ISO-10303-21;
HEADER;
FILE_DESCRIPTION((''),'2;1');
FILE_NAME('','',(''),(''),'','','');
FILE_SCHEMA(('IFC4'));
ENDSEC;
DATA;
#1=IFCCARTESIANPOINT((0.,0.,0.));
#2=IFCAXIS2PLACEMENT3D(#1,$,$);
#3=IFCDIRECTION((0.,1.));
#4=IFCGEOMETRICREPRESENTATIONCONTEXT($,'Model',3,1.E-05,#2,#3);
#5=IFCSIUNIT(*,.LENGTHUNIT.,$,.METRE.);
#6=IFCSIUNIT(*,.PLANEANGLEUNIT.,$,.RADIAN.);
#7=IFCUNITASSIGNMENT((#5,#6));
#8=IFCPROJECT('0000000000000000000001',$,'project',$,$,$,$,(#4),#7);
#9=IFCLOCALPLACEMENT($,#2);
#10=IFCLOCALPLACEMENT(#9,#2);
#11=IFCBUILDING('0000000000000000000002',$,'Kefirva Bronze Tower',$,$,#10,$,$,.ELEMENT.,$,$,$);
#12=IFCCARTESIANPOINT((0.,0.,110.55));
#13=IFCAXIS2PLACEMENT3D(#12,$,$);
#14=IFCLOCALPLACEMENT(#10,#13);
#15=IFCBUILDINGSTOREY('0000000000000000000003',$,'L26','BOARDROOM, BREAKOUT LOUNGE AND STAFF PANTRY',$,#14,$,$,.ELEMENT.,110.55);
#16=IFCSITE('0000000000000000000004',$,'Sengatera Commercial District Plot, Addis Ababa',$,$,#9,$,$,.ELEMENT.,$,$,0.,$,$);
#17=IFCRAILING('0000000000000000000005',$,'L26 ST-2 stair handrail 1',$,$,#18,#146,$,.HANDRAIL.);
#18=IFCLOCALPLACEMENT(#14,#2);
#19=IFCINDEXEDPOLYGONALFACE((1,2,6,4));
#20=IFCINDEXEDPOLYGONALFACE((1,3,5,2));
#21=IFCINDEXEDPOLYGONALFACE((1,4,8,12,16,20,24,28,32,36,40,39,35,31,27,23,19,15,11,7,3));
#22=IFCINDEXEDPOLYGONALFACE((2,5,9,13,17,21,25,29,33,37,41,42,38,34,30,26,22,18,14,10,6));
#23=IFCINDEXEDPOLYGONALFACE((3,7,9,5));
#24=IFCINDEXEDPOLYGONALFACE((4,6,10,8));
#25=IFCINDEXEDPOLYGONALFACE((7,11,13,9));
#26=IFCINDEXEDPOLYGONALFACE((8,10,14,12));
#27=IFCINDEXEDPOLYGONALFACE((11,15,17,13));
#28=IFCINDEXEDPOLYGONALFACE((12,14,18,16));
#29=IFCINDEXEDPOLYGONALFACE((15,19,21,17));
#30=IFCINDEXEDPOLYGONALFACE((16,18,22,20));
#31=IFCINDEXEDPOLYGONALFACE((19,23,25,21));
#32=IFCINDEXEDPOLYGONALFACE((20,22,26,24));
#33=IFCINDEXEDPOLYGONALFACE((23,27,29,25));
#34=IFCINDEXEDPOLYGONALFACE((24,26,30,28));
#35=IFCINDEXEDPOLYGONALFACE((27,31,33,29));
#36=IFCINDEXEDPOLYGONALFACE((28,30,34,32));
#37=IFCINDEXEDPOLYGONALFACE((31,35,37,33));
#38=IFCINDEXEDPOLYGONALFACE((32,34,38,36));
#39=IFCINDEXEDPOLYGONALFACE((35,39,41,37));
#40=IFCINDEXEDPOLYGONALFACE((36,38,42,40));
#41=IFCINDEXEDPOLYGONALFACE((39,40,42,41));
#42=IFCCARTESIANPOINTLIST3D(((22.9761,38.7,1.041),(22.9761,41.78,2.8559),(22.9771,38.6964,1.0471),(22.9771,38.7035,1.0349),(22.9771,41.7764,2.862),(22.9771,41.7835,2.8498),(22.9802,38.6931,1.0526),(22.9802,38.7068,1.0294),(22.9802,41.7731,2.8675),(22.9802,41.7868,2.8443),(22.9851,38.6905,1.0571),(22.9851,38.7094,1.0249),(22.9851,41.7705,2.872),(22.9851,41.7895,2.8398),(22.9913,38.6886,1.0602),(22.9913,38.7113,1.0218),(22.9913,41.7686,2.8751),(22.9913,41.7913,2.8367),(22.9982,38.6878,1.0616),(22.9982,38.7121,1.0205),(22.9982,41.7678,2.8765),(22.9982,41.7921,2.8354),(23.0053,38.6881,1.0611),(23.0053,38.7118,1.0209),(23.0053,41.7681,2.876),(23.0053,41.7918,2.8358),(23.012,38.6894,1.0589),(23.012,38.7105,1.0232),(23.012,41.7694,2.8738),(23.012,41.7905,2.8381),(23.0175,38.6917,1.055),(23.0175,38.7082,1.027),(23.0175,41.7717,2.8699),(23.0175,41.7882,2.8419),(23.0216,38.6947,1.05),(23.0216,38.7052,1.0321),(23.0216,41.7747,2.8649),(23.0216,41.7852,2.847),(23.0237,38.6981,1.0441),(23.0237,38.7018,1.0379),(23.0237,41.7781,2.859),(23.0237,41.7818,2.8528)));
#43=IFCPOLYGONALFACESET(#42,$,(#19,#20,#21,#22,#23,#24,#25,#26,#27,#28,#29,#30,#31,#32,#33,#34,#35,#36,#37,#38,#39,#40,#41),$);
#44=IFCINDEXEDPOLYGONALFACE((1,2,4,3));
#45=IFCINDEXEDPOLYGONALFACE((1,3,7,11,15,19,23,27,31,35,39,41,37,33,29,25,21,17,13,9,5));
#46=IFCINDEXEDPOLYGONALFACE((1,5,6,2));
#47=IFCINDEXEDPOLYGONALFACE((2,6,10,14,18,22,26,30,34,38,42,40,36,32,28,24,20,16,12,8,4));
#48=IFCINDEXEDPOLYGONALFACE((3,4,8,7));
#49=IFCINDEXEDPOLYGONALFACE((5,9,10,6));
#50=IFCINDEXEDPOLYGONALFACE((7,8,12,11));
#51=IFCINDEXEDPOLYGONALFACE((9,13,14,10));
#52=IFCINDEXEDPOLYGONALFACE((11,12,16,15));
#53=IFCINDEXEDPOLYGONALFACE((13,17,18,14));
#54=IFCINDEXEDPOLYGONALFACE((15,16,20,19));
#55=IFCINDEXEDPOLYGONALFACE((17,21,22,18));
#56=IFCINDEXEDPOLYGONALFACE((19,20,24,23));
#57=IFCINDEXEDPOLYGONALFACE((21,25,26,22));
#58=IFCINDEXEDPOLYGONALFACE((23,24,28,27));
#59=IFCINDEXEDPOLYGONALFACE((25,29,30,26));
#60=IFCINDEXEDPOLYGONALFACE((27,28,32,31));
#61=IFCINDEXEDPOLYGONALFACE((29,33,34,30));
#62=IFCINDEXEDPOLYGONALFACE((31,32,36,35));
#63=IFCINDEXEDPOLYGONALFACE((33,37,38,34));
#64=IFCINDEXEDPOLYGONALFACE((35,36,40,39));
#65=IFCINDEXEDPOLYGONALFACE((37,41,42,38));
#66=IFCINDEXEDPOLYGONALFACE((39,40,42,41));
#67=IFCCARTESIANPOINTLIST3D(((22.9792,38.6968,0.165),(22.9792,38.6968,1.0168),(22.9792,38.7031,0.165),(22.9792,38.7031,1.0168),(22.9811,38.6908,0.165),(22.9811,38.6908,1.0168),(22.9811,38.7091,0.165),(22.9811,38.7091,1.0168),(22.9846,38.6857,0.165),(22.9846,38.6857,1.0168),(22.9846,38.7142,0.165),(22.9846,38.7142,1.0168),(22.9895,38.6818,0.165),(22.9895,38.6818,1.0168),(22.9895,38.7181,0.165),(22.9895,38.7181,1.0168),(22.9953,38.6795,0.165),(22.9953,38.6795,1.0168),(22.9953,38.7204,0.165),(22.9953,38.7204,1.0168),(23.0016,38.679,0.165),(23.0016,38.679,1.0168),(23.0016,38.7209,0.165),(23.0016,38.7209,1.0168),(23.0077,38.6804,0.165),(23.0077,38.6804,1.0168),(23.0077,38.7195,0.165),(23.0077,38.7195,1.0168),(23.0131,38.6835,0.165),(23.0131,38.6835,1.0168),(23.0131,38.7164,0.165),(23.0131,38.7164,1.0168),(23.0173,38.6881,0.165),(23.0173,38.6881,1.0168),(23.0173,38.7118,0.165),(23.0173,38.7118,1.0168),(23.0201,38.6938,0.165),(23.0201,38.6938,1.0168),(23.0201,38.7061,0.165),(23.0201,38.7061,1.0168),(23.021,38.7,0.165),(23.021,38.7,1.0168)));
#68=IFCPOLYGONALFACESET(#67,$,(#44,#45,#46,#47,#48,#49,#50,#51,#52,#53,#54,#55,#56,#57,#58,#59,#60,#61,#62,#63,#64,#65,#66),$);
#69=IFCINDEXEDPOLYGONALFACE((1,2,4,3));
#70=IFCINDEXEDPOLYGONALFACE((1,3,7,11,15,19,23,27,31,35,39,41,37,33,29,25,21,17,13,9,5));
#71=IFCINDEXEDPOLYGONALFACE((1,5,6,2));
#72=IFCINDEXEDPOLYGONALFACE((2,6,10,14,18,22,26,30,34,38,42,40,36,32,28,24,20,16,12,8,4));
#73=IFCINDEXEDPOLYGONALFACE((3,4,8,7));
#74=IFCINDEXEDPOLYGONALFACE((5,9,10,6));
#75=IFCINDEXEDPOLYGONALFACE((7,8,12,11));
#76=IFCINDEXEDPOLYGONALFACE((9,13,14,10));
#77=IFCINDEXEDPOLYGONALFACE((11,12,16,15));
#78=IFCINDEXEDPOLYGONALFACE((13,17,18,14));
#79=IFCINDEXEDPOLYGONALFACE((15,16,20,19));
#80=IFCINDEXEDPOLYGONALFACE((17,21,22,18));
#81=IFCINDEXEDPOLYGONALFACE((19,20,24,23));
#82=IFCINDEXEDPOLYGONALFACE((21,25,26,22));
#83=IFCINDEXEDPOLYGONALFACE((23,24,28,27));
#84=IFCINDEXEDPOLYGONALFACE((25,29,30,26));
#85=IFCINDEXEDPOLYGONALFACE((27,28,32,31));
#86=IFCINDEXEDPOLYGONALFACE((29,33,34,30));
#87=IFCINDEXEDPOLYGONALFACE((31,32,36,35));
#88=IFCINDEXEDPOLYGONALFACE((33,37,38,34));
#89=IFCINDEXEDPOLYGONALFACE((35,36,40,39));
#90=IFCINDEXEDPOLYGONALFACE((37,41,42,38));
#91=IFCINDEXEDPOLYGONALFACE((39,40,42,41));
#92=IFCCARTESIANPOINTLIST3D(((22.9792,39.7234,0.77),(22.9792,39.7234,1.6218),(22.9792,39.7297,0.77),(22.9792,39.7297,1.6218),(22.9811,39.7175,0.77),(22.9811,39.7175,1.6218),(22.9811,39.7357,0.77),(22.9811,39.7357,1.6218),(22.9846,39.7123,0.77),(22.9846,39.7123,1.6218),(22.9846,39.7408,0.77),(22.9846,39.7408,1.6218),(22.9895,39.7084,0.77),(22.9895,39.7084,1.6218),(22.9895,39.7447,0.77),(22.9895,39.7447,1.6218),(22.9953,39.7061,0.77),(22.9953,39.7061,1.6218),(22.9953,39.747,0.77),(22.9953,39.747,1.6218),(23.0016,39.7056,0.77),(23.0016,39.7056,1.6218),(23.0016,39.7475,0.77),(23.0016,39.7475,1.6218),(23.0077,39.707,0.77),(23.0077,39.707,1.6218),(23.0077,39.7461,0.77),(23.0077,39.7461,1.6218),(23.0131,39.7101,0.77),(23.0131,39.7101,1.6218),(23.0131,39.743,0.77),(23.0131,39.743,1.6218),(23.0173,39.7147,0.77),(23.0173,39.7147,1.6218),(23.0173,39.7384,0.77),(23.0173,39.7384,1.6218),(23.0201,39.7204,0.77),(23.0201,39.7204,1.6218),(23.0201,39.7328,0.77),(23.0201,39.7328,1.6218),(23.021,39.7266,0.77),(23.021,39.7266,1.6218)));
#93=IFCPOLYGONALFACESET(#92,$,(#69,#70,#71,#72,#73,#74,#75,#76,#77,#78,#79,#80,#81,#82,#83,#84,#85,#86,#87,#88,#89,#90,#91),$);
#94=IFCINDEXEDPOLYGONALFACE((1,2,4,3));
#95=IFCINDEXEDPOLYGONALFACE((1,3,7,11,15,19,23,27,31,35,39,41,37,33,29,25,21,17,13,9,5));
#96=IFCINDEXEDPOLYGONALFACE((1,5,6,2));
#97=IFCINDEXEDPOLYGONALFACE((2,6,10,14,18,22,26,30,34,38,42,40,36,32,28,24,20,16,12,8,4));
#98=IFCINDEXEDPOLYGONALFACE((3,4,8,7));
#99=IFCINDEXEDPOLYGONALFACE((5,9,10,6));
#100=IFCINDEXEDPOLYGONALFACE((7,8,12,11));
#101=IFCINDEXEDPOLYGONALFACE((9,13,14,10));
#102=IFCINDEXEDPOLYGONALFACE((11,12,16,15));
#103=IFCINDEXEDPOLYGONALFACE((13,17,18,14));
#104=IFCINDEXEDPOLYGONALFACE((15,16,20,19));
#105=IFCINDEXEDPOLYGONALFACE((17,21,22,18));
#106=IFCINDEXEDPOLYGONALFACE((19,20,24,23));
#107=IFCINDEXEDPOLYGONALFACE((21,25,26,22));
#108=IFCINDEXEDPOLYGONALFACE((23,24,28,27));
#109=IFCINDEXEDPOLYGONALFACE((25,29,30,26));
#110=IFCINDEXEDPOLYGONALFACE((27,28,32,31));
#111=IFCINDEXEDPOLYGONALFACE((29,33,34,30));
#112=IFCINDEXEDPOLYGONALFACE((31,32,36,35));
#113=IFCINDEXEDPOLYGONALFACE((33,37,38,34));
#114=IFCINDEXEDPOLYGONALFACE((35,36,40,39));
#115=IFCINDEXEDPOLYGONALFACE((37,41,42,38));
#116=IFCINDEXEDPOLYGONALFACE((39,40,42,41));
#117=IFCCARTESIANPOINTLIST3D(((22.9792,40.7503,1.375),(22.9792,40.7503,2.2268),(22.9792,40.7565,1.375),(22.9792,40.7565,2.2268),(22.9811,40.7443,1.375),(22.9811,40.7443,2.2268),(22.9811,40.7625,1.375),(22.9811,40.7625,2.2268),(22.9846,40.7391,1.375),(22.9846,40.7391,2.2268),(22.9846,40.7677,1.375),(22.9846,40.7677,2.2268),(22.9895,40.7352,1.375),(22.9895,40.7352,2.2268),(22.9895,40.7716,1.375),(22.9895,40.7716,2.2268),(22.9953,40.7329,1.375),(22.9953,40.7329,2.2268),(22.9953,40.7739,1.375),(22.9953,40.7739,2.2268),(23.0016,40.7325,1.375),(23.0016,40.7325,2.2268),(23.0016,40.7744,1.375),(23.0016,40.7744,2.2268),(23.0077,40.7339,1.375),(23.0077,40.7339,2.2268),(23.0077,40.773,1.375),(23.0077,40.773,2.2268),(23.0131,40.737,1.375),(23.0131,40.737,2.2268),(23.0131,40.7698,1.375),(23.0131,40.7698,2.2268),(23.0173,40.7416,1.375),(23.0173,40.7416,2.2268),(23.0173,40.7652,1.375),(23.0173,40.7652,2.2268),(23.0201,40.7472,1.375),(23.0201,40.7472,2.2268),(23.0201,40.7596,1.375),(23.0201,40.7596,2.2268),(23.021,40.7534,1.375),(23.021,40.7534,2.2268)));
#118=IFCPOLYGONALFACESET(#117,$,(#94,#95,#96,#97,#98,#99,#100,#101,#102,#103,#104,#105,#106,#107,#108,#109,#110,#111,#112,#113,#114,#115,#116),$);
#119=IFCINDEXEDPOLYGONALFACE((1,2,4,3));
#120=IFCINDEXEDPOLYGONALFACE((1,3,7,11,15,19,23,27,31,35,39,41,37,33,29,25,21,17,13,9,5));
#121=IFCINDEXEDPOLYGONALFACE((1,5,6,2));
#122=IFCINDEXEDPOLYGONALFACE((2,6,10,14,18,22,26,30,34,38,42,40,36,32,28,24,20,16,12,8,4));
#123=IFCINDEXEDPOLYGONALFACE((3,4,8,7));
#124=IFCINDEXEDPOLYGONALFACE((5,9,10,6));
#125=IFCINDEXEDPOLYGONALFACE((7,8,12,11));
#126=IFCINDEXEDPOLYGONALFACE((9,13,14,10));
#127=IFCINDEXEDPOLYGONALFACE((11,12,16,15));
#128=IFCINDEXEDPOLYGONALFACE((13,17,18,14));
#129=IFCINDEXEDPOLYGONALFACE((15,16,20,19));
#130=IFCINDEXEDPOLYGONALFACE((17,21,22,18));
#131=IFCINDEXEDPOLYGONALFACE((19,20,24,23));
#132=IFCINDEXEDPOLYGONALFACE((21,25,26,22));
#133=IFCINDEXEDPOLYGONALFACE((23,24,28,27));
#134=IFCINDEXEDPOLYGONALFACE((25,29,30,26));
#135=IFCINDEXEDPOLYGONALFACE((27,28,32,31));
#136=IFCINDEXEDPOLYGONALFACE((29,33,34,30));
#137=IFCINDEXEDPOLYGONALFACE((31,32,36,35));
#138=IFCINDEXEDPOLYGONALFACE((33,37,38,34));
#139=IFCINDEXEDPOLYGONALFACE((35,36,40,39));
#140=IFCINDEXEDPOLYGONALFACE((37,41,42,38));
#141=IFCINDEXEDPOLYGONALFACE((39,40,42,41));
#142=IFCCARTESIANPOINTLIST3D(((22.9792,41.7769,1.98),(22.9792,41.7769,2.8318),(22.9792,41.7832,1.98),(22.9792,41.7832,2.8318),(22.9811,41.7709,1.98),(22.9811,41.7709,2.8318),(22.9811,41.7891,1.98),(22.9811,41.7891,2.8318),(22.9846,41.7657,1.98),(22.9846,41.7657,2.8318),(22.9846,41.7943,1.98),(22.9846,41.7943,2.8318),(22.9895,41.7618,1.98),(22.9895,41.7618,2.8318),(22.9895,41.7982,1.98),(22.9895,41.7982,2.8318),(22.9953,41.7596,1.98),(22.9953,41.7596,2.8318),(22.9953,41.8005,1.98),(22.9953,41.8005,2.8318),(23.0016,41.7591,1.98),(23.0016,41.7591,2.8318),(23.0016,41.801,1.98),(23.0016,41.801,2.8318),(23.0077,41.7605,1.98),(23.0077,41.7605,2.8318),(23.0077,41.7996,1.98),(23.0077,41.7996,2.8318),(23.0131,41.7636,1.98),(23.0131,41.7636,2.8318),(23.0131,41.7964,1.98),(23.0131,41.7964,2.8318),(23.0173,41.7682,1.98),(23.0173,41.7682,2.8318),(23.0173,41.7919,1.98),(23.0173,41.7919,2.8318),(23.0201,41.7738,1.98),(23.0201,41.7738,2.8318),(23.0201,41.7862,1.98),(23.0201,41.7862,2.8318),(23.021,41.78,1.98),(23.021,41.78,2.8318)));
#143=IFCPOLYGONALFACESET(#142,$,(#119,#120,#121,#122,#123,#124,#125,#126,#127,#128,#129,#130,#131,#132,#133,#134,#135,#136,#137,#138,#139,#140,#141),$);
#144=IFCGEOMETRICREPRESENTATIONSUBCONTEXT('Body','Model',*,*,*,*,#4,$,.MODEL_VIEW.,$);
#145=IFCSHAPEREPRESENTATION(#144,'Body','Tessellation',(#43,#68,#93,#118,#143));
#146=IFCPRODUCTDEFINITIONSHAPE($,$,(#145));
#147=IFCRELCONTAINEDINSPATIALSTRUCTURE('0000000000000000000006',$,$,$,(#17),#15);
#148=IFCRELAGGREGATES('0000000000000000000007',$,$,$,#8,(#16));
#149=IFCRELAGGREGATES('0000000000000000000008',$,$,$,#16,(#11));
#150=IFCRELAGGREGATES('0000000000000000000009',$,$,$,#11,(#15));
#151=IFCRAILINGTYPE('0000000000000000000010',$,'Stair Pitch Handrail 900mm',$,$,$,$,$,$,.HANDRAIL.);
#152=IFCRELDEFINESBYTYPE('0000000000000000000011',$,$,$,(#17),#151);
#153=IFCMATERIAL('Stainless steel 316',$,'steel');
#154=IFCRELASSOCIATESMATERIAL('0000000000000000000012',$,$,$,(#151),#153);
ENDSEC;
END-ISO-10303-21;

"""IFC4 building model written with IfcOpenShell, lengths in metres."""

from ifc_helpers import new_model, si_unit, direction, frame, origin, origin_2d, place, context, subcontext, project, spatial, circle, extrude, material, type_object, element, save


model = new_model("IFC4")

# Units and contexts
model_context = context("Model", 3, precision=1e-05, world=origin(), true_north=direction((0.0, 1.0)))
body_context = subcontext(model_context, "Body", "Model", "MODEL_VIEW")
ifc_project = project(units=[si_unit("LENGTHUNIT", "METRE"), si_unit("PLANEANGLEUNIT", "RADIAN")], contexts=[model_context])

# Site, building, storey
site_placement = place(None, origin())
site = spatial("IfcSite", under=ifc_project, at=site_placement, Name="Sengatera Commercial District Plot, Addis Ababa", CompositionType="ELEMENT", RefElevation=0.0)
building_placement = place(site_placement, origin())
building = spatial("IfcBuilding", under=site, at=building_placement, Name="Kefirva Bronze Tower", CompositionType="ELEMENT")
storey_placement = place(building_placement, frame((0.0, 0.0, 110.55)))
storey = spatial("IfcBuildingStorey", under=building, at=storey_placement, Name="L26", Description="BOARDROOM, BREAKOUT LOUNGE AND STAFF PANTRY", CompositionType="ELEMENT", Elevation=110.55)

# Railing
ifc_material_1 = material(Name="Stainless steel 316", Category="steel")
railing_type_1 = type_object("IfcRailingType", Name="Stair Pitch Handrail 900mm", PredefinedType="HANDRAIL", material=ifc_material_1)
railing_1_placement = place(storey_placement, frame((23.0, 38.7, 0.165)))
element("IfcRailing", 1, at=railing_1_placement, inside=storey, type_object=railing_type_1, Name="L26 ST-2 stair handrail 1", PredefinedType="HANDRAIL", context=body_context, shape_type="SweptSolid", body=[
    extrude(circle(Radius=0.0239, at=origin_2d()), frame((0.0, 0.0, 0.876), z_axis=(0.0, 0.861551, 0.507671), x_axis=(-1.0, 0.0, 0.0)), (0.0, 0.0, 1.0), 3.575),
    extrude(circle(Radius=0.021, at=origin_2d()), origin(), (0.0, 0.0, 1.0), 0.8518),
    extrude(circle(Radius=0.021, at=origin_2d()), frame((0.0, 1.0266, 0.605)), (0.0, 0.0, 1.0), 0.8518),
    extrude(circle(Radius=0.021, at=origin_2d()), frame((0.0, 2.0535, 1.21)), (0.0, 0.0, 1.0), 0.8518),
    extrude(circle(Radius=0.021, at=origin_2d()), frame((0.0, 3.0801, 1.8149)), (0.0, 0.0, 1.0), 0.8518),
])

save(model, "model.ifc")
